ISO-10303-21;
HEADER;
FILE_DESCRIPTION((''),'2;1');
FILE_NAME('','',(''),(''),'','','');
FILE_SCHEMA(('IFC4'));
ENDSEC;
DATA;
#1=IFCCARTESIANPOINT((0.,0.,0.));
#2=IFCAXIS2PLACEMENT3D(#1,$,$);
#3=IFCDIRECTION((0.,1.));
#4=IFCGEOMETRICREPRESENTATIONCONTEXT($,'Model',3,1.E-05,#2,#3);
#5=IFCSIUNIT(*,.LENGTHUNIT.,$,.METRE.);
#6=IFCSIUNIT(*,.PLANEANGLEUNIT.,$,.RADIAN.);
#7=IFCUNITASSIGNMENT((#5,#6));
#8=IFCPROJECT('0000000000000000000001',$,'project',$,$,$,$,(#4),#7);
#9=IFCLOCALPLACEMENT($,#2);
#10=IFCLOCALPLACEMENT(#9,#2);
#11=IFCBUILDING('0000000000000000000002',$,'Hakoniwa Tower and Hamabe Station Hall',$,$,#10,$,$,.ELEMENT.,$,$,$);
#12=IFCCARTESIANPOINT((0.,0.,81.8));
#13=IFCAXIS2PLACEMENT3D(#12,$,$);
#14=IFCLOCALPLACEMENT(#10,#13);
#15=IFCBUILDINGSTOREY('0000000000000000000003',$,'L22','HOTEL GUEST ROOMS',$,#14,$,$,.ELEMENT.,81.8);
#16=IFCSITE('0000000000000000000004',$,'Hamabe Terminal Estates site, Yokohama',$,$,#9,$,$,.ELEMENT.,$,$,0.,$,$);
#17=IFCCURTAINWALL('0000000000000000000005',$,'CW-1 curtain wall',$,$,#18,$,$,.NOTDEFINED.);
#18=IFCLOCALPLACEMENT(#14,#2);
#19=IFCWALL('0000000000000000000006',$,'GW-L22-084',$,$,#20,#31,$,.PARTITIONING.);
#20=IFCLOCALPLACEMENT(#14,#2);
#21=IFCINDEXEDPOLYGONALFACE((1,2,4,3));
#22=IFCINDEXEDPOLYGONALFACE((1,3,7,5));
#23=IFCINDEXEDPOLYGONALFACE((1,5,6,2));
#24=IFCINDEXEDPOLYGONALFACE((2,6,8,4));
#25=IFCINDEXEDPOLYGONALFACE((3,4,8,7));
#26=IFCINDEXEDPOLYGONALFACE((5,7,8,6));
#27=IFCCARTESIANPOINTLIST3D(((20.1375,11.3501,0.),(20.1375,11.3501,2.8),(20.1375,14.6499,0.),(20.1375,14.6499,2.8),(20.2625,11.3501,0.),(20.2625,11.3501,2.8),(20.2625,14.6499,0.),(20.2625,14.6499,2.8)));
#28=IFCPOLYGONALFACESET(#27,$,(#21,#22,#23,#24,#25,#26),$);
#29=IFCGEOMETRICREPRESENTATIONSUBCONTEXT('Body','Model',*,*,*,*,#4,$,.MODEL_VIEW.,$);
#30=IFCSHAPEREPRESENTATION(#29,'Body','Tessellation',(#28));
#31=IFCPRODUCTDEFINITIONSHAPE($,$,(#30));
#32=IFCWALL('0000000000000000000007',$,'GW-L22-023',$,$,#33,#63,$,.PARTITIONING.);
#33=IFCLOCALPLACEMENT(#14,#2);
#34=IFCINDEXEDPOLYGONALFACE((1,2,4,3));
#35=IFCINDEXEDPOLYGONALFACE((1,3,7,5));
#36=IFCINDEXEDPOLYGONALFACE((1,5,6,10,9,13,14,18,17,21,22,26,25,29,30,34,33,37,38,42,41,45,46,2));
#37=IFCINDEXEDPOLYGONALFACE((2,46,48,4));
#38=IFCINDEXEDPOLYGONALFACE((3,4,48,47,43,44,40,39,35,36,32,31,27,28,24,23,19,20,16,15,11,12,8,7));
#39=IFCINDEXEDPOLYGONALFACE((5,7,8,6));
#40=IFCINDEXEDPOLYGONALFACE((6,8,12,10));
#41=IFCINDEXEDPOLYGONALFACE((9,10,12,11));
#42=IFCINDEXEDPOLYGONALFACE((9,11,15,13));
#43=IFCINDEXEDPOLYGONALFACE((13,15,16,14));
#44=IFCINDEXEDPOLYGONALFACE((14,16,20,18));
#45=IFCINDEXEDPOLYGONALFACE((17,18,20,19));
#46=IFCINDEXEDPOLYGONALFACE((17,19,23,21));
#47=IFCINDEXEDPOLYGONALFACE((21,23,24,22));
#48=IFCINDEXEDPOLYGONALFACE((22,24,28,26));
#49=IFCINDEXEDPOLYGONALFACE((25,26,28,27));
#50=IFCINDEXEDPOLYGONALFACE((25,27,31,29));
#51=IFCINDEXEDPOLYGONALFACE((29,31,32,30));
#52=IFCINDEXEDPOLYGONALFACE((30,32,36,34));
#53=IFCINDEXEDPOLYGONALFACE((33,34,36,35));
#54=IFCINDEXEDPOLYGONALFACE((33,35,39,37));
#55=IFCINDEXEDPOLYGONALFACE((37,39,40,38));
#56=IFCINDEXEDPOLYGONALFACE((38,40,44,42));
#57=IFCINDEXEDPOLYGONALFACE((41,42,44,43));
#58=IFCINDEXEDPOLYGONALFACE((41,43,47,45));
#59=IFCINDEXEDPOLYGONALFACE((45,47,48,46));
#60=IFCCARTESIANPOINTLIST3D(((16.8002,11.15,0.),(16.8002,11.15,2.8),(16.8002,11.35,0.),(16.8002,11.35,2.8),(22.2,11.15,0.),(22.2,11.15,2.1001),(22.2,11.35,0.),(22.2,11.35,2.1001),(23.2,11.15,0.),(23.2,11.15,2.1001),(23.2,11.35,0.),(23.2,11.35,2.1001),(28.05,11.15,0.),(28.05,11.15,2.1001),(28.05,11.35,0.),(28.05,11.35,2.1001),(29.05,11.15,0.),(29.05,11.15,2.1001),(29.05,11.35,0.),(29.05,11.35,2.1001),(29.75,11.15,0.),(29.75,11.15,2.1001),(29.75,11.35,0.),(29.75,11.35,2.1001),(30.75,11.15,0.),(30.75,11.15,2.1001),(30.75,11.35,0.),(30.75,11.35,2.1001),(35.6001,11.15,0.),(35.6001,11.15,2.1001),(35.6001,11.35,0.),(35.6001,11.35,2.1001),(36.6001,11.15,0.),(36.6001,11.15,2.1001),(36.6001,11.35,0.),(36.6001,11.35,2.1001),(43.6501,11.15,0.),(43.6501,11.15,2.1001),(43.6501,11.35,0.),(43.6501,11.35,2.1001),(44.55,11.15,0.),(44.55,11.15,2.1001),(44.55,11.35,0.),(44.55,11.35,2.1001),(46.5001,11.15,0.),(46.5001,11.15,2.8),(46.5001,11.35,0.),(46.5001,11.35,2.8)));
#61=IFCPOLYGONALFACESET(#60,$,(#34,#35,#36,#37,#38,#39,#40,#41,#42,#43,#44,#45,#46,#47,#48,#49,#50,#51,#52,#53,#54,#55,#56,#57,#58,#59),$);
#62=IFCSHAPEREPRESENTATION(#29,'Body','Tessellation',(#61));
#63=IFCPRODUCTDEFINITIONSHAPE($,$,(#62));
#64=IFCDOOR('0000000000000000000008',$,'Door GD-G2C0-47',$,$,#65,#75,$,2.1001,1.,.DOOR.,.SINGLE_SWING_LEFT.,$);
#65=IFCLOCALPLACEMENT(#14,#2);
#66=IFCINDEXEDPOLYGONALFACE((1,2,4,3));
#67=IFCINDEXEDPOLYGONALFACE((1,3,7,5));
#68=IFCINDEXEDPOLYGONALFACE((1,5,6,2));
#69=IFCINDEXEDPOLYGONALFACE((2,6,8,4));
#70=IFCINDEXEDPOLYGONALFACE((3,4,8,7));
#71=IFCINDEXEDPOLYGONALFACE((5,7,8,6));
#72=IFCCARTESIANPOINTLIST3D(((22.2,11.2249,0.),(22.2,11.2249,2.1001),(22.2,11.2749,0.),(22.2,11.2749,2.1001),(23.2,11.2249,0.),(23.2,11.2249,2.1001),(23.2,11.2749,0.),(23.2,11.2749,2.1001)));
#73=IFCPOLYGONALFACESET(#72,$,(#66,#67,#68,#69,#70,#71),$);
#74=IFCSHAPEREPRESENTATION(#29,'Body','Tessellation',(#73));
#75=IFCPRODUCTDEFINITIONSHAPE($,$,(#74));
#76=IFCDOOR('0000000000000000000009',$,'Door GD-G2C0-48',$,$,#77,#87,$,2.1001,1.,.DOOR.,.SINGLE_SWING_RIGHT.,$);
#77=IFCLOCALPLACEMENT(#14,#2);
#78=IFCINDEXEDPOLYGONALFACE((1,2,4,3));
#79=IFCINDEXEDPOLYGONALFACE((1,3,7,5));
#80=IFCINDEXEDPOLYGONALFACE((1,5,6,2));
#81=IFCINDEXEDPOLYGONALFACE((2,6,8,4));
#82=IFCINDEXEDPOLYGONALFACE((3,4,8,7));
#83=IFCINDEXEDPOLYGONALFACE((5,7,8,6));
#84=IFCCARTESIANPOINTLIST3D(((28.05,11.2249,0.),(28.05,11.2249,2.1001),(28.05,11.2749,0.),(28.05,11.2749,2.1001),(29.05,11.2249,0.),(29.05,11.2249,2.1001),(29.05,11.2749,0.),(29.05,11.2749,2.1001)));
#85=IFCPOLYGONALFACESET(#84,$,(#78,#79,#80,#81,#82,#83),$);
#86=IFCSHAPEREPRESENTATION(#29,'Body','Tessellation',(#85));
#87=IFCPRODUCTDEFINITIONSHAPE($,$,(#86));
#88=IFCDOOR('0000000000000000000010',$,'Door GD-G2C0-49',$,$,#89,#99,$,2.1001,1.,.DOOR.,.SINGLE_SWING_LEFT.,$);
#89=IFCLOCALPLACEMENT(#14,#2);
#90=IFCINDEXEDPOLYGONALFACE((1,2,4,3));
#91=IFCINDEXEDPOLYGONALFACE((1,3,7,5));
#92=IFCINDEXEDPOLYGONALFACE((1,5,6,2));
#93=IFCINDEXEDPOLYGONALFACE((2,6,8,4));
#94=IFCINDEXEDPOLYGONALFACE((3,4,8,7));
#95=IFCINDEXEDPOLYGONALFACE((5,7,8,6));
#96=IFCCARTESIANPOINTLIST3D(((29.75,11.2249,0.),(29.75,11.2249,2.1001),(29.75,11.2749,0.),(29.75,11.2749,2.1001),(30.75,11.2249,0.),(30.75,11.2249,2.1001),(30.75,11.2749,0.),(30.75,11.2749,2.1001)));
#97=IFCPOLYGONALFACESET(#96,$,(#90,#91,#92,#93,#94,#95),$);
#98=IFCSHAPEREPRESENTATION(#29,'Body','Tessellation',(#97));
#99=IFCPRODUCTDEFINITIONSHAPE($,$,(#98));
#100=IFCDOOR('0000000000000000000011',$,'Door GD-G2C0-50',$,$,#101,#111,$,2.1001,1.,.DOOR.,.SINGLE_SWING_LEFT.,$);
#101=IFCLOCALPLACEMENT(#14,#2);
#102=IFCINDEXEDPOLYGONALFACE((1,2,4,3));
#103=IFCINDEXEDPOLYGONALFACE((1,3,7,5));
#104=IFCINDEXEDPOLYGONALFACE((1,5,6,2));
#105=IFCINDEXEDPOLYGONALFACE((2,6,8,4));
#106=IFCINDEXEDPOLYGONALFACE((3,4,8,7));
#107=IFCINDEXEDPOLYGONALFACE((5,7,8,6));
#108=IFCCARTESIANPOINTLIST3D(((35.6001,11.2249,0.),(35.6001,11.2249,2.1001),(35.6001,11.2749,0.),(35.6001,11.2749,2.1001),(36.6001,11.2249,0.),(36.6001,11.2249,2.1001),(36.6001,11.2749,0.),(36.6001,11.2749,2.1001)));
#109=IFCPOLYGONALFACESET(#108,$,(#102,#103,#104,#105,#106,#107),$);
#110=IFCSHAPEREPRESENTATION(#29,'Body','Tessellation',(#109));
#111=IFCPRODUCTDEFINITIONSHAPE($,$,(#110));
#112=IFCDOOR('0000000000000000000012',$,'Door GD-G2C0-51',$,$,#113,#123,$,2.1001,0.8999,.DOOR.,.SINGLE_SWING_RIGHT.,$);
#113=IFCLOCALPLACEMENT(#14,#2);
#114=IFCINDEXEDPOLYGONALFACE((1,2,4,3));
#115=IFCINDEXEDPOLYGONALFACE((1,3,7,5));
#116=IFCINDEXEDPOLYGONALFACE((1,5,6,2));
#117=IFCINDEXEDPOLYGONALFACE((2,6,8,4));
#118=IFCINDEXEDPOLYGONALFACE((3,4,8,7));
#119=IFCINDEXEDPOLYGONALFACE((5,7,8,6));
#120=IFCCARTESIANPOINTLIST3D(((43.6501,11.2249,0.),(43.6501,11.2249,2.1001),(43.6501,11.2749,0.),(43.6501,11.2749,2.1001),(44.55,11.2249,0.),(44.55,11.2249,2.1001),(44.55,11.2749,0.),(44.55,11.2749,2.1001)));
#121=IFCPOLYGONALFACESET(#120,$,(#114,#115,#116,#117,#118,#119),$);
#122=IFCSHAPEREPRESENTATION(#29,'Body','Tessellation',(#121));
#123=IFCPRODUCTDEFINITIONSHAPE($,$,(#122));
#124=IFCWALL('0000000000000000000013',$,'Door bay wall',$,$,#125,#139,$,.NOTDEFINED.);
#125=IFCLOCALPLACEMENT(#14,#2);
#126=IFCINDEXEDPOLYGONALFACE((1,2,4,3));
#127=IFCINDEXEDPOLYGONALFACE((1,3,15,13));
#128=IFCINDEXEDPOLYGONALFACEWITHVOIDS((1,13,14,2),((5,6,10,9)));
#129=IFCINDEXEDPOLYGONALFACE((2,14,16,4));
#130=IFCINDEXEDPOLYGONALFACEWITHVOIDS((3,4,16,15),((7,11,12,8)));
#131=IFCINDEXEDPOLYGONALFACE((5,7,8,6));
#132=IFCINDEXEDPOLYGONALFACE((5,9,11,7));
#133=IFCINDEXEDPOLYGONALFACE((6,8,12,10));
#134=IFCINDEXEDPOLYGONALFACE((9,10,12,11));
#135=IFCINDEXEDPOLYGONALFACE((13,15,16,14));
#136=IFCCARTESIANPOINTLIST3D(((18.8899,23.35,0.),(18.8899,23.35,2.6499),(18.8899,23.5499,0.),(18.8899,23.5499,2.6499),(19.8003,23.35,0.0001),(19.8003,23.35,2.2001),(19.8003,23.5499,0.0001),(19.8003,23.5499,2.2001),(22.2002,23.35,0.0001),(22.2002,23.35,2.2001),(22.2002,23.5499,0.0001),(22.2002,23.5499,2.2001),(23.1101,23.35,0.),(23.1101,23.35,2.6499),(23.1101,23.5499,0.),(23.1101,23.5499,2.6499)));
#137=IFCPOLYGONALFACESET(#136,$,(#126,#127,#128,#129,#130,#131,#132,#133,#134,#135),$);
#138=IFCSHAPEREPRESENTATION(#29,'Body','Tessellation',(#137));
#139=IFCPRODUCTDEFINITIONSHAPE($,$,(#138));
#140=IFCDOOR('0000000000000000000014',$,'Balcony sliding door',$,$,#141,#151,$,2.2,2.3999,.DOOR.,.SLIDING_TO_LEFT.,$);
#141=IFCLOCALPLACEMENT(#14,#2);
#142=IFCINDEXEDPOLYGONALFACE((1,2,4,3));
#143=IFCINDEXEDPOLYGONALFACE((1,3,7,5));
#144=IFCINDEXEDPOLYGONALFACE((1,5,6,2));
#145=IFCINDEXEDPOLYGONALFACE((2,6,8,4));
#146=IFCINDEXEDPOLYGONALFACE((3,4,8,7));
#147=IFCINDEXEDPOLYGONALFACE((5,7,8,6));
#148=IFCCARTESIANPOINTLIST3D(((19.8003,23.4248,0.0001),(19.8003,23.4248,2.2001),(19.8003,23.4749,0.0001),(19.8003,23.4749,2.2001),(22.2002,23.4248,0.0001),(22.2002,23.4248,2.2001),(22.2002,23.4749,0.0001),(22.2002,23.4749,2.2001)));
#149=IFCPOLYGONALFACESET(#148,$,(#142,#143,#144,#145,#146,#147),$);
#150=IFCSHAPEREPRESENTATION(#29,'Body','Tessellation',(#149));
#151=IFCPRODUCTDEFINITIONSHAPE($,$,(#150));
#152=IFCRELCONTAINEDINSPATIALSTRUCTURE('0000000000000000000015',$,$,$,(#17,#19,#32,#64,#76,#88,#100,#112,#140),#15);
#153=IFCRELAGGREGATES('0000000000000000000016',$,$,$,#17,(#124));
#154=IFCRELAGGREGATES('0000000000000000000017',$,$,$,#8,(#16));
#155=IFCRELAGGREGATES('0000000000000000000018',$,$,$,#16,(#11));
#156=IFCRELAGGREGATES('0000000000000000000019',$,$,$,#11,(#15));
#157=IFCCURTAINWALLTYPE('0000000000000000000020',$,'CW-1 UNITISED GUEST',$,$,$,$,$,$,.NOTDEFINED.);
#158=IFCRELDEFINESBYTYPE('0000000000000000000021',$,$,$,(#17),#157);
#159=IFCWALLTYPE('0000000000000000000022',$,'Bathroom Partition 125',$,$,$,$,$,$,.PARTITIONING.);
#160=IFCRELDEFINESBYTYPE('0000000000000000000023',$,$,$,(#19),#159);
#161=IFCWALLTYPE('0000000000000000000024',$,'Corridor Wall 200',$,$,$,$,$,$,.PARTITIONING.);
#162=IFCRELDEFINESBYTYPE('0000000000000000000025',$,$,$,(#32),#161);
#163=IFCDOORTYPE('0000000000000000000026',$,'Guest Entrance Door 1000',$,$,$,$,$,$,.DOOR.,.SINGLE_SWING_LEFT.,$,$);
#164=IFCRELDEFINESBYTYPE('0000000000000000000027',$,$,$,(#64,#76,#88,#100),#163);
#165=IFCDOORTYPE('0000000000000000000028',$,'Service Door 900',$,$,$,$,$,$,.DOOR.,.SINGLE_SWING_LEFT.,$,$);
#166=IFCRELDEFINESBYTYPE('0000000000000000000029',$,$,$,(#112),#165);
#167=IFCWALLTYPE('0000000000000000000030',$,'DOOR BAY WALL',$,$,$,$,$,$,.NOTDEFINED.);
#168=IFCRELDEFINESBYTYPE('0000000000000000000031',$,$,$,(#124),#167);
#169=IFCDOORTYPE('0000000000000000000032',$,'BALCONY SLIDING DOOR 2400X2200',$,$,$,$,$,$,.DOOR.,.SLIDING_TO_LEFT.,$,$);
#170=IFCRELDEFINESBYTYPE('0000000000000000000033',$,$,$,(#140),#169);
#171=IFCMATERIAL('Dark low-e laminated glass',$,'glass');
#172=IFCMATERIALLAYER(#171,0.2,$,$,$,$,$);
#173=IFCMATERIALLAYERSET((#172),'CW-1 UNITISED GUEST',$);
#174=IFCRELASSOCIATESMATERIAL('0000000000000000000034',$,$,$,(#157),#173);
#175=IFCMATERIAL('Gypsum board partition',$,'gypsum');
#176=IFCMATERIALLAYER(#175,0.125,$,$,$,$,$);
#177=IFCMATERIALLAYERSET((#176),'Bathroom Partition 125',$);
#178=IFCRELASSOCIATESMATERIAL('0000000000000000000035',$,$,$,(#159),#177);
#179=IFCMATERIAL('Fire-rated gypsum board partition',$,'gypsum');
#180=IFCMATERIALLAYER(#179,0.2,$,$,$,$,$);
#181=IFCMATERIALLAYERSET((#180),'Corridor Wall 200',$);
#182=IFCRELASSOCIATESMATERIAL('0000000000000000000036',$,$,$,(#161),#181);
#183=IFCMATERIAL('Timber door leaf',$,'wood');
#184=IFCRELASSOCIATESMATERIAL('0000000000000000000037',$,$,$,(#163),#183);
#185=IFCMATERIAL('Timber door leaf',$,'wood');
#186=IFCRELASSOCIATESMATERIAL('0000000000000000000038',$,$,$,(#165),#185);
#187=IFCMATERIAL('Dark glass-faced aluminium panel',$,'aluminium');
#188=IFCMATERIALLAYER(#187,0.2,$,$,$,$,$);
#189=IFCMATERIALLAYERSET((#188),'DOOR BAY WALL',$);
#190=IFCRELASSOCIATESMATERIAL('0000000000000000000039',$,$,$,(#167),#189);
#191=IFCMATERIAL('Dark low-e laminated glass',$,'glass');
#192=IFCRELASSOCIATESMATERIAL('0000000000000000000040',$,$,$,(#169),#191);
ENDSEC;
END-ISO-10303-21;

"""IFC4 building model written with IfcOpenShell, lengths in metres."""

from ifc_helpers import new_model, si_unit, direction, frame, frame_2d, origin, place, context, subcontext, project, spatial, rectangle, extrude, material, layer, layer_set, type_object, element, fill, aggregate, save


model = new_model("IFC4")

# Units and contexts
model_context = context("Model", 3, precision=1e-05, world=origin(), true_north=direction((0.0, 1.0)))
body_context = subcontext(model_context, "Body", "Model", "MODEL_VIEW")
ifc_project = project(units=[si_unit("LENGTHUNIT", "METRE"), si_unit("PLANEANGLEUNIT", "RADIAN")], contexts=[model_context])

# Site, building, storey
site_placement = place(None, origin())
site = spatial("IfcSite", under=ifc_project, at=site_placement, Name="Hamabe Terminal Estates site, Yokohama", CompositionType="ELEMENT", RefElevation=0.0)
building_placement = place(site_placement, origin())
building = spatial("IfcBuilding", under=site, at=building_placement, Name="Hakoniwa Tower and Hamabe Station Hall", CompositionType="ELEMENT")
storey_placement = place(building_placement, frame((0.0, 0.0, 81.8)))
storey = spatial("IfcBuildingStorey", under=building, at=storey_placement, Name="L22", Description="HOTEL GUEST ROOMS", CompositionType="ELEMENT", Elevation=81.8)

# Curtain wall
ifc_material_1 = material(Name="Dark low-e laminated glass", Category="glass")
ifc_layer_1 = layer(ifc_material_1, 0.2)
ifc_layer_set_1 = layer_set([ifc_layer_1], Name="CW-1 UNITISED GUEST")
curtain_wall_type = type_object("IfcCurtainWallType", Name="CW-1 UNITISED GUEST", PredefinedType="NOTDEFINED", material=ifc_layer_set_1)
curtain_wall_placement = place(storey_placement, origin())
curtain_wall = element("IfcCurtainWall", 1, at=curtain_wall_placement, inside=storey, type_object=curtain_wall_type, Name="CW-1 curtain wall", PredefinedType="NOTDEFINED")

# Shared definitions
ifc_material_2 = material(Name="Gypsum board partition", Category="gypsum")
ifc_layer_2 = layer(ifc_material_2, 0.125)
ifc_layer_set_2 = layer_set([ifc_layer_2], Name="Bathroom Partition 125")
wall_type_1 = type_object("IfcWallType", Name="Bathroom Partition 125", PredefinedType="PARTITIONING", material=ifc_layer_set_2)

# Wall
wall_1_placement = place(storey_placement, frame((20.2, 11.3501, 0.0), z_axis=(0.0, 0.0, 1.0), x_axis=(0.0, 1.0, 0.0)))
element("IfcWall", 2, at=wall_1_placement, inside=storey, type_object=wall_type_1, Name="GW-L22-084", PredefinedType="PARTITIONING", context=body_context, shape_type="SweptSolid", body=[
    extrude(rectangle(XDim=3.2998, YDim=0.125, at=frame_2d((1.6499, 0.0))), origin(), (0.0, 0.0, 1.0), 2.8),
])

# Wall, openings, doors
ifc_material_3 = material(Name="Fire-rated gypsum board partition", Category="gypsum")
ifc_layer_3 = layer(ifc_material_3, 0.2)
ifc_layer_set_3 = layer_set([ifc_layer_3], Name="Corridor Wall 200")
wall_type_2 = type_object("IfcWallType", Name="Corridor Wall 200", PredefinedType="PARTITIONING", material=ifc_layer_set_3)
wall_2_placement = place(storey_placement, frame((16.8, 11.25, 0.0), z_axis=(0.0, 0.0, 1.0), x_axis=(1.0, 0.0, 0.0)))
wall_2 = element("IfcWall", 3, at=wall_2_placement, inside=storey, type_object=wall_type_2, Name="GW-L22-023", PredefinedType="PARTITIONING", context=body_context, shape_type="SweptSolid", body=[
    extrude(rectangle(XDim=29.7, YDim=0.2, at=frame_2d((14.8501, 0.0))), origin(), (0.0, 0.0, 1.0), 2.8),
])
opening_1_placement = place(wall_2_placement, frame((5.3999, 0.0, 0.0)))
opening_1 = element("IfcOpeningElement", 4, at=opening_1_placement, cuts=wall_2, PredefinedType="OPENING", context=body_context, shape_type="SweptSolid", body=[
    extrude(rectangle(XDim=1.0, YDim=2.1001, at=frame_2d((0.5, 1.05))), frame((0.0, 0.1099, 0.0), z_axis=(0.0, -1.0, 0.0), x_axis=(1.0, 0.0, 0.0)), (0.0, 0.0, 1.0), 0.22),
])
opening_2_placement = place(wall_2_placement, frame((11.25, 0.0, 0.0)))
opening_2 = element("IfcOpeningElement", 5, at=opening_2_placement, cuts=wall_2, PredefinedType="OPENING", context=body_context, shape_type="SweptSolid", body=[
    extrude(rectangle(XDim=1.0, YDim=2.1001, at=frame_2d((0.5, 1.05))), frame((0.0, 0.1099, 0.0), z_axis=(0.0, -1.0, 0.0), x_axis=(1.0, 0.0, 0.0)), (0.0, 0.0, 1.0), 0.22),
])
opening_3_placement = place(wall_2_placement, frame((12.95, 0.0, 0.0)))
opening_3 = element("IfcOpeningElement", 6, at=opening_3_placement, cuts=wall_2, PredefinedType="OPENING", context=body_context, shape_type="SweptSolid", body=[
    extrude(rectangle(XDim=1.0, YDim=2.1001, at=frame_2d((0.5, 1.05))), frame((0.0, 0.1099, 0.0), z_axis=(0.0, -1.0, 0.0), x_axis=(1.0, 0.0, 0.0)), (0.0, 0.0, 1.0), 0.22),
])
opening_4_placement = place(wall_2_placement, frame((18.8, 0.0, 0.0)))
opening_4 = element("IfcOpeningElement", 7, at=opening_4_placement, cuts=wall_2, PredefinedType="OPENING", context=body_context, shape_type="SweptSolid", body=[
    extrude(rectangle(XDim=1.0, YDim=2.1001, at=frame_2d((0.5, 1.05))), frame((0.0, 0.1099, 0.0), z_axis=(0.0, -1.0, 0.0), x_axis=(1.0, 0.0, 0.0)), (0.0, 0.0, 1.0), 0.22),
])
opening_5_placement = place(wall_2_placement, frame((26.8501, 0.0, 0.0)))
opening_5 = element("IfcOpeningElement", 8, at=opening_5_placement, cuts=wall_2, PredefinedType="OPENING", context=body_context, shape_type="SweptSolid", body=[
    extrude(rectangle(XDim=0.8999, YDim=2.1001, at=frame_2d((0.45, 1.05))), frame((0.0, 0.1099, 0.0), z_axis=(0.0, -1.0, 0.0), x_axis=(1.0, 0.0, 0.0)), (0.0, 0.0, 1.0), 0.22),
])
ifc_material_4 = material(Name="Timber door leaf", Category="wood")
door_type_1 = type_object("IfcDoorType", Name="Guest Entrance Door 1000", OperationType="SINGLE_SWING_LEFT", PredefinedType="DOOR", material=ifc_material_4)
door_1_placement = place(opening_1_placement, origin())
door_1 = element("IfcDoor", 9, at=door_1_placement, inside=storey, type_object=door_type_1, Name="Door GD-G2C0-47", OperationType="SINGLE_SWING_LEFT", OverallHeight=2.1001, OverallWidth=1.0, PredefinedType="DOOR", context=body_context, shape_type="SweptSolid", body=[
    extrude(rectangle(XDim=1.0, YDim=2.1001, at=frame_2d((0.5, 1.05))), frame((0.0, 0.0249, 0.0), z_axis=(0.0, -1.0, 0.0), x_axis=(1.0, 0.0, 0.0)), (0.0, 0.0, 1.0), 0.05),
])
fill(opening_1, door_1)
door_2_placement = place(opening_2_placement, origin())
door_2 = element("IfcDoor", 10, at=door_2_placement, inside=storey, type_object=door_type_1, Name="Door GD-G2C0-48", OperationType="SINGLE_SWING_RIGHT", OverallHeight=2.1001, OverallWidth=1.0, PredefinedType="DOOR", context=body_context, shape_type="SweptSolid", body=[
    extrude(rectangle(XDim=1.0, YDim=2.1001, at=frame_2d((0.5, 1.05))), frame((0.0, 0.0249, 0.0), z_axis=(0.0, -1.0, 0.0), x_axis=(1.0, 0.0, 0.0)), (0.0, 0.0, 1.0), 0.05),
])
fill(opening_2, door_2)
door_3_placement = place(opening_3_placement, origin())
door_3 = element("IfcDoor", 11, at=door_3_placement, inside=storey, type_object=door_type_1, Name="Door GD-G2C0-49", OperationType="SINGLE_SWING_LEFT", OverallHeight=2.1001, OverallWidth=1.0, PredefinedType="DOOR", context=body_context, shape_type="SweptSolid", body=[
    extrude(rectangle(XDim=1.0, YDim=2.1001, at=frame_2d((0.5, 1.05))), frame((0.0, 0.0249, 0.0), z_axis=(0.0, -1.0, 0.0), x_axis=(1.0, 0.0, 0.0)), (0.0, 0.0, 1.0), 0.05),
])
fill(opening_3, door_3)
door_4_placement = place(opening_4_placement, origin())
door_4 = element("IfcDoor", 12, at=door_4_placement, inside=storey, type_object=door_type_1, Name="Door GD-G2C0-50", OperationType="SINGLE_SWING_LEFT", OverallHeight=2.1001, OverallWidth=1.0, PredefinedType="DOOR", context=body_context, shape_type="SweptSolid", body=[
    extrude(rectangle(XDim=1.0, YDim=2.1001, at=frame_2d((0.5, 1.05))), frame((0.0, 0.0249, 0.0), z_axis=(0.0, -1.0, 0.0), x_axis=(1.0, 0.0, 0.0)), (0.0, 0.0, 1.0), 0.05),
])
fill(opening_4, door_4)
ifc_material_5 = material(Name="Timber door leaf", Category="wood")
door_type_2 = type_object("IfcDoorType", Name="Service Door 900", OperationType="SINGLE_SWING_LEFT", PredefinedType="DOOR", material=ifc_material_5)
door_5_placement = place(opening_5_placement, origin())
door_5 = element("IfcDoor", 13, at=door_5_placement, inside=storey, type_object=door_type_2, Name="Door GD-G2C0-51", OperationType="SINGLE_SWING_RIGHT", OverallHeight=2.1001, OverallWidth=0.8999, PredefinedType="DOOR", context=body_context, shape_type="SweptSolid", body=[
    extrude(rectangle(XDim=0.8999, YDim=2.1001, at=frame_2d((0.45, 1.05))), frame((0.0, 0.0249, 0.0), z_axis=(0.0, -1.0, 0.0), x_axis=(1.0, 0.0, 0.0)), (0.0, 0.0, 1.0), 0.05),
])
fill(opening_5, door_5)

# Wall, opening, door
ifc_material_6 = material(Name="Dark glass-faced aluminium panel", Category="aluminium")
ifc_layer_4 = layer(ifc_material_6, 0.2)
ifc_layer_set_4 = layer_set([ifc_layer_4], Name="DOOR BAY WALL")
wall_type_3 = type_object("IfcWallType", Name="DOOR BAY WALL", PredefinedType="NOTDEFINED", material=ifc_layer_set_4)
wall_3_placement = place(storey_placement, frame((23.1101, 23.45, 0.0), z_axis=(0.0, 0.0, 1.0), x_axis=(-1.0, 0.0, 0.0)))
wall_3 = element("IfcWall", 14, at=wall_3_placement, type_object=wall_type_3, Name="Door bay wall", PredefinedType="NOTDEFINED", context=body_context, shape_type="SweptSolid", body=[
    extrude(rectangle(XDim=4.2202, YDim=0.2, at=frame_2d((2.1101, 0.0))), origin(), (0.0, 0.0, 1.0), 2.6499),
])
opening_6_placement = place(wall_3_placement, frame((0.9099, 0.0, 0.0)))
opening_6 = element("IfcOpeningElement", 15, at=opening_6_placement, cuts=wall_3, PredefinedType="OPENING", context=body_context, shape_type="SweptSolid", body=[
    extrude(rectangle(XDim=2.3999, YDim=2.2, at=frame_2d((1.2, 1.1001))), frame((0.0, 0.1099, 0.0), z_axis=(0.0, -1.0, 0.0), x_axis=(1.0, 0.0, 0.0)), (0.0, 0.0, 1.0), 0.22),
])
ifc_material_7 = material(Name="Dark low-e laminated glass", Category="glass")
door_type_3 = type_object("IfcDoorType", Name="BALCONY SLIDING DOOR 2400X2200", OperationType="SLIDING_TO_LEFT", PredefinedType="DOOR", material=ifc_material_7)
door_6_placement = place(opening_6_placement, frame((2.3999, 0.0, 0.0), z_axis=(0.0, 0.0, 1.0), x_axis=(-1.0, 0.0, 0.0)))
door_6 = element("IfcDoor", 16, at=door_6_placement, inside=storey, type_object=door_type_3, Name="Balcony sliding door", OperationType="SLIDING_TO_LEFT", OverallHeight=2.2, OverallWidth=2.3999, PredefinedType="DOOR", context=body_context, shape_type="SweptSolid", body=[
    extrude(rectangle(XDim=2.3999, YDim=2.2, at=frame_2d((1.2, 1.1001))), frame((0.0, 0.0249, 0.0), z_axis=(0.0, -1.0, 0.0), x_axis=(1.0, 0.0, 0.0)), (0.0, 0.0, 1.0), 0.05),
])
fill(opening_6, door_6)
aggregate(curtain_wall, [wall_3])

save(model, "model.ifc")
